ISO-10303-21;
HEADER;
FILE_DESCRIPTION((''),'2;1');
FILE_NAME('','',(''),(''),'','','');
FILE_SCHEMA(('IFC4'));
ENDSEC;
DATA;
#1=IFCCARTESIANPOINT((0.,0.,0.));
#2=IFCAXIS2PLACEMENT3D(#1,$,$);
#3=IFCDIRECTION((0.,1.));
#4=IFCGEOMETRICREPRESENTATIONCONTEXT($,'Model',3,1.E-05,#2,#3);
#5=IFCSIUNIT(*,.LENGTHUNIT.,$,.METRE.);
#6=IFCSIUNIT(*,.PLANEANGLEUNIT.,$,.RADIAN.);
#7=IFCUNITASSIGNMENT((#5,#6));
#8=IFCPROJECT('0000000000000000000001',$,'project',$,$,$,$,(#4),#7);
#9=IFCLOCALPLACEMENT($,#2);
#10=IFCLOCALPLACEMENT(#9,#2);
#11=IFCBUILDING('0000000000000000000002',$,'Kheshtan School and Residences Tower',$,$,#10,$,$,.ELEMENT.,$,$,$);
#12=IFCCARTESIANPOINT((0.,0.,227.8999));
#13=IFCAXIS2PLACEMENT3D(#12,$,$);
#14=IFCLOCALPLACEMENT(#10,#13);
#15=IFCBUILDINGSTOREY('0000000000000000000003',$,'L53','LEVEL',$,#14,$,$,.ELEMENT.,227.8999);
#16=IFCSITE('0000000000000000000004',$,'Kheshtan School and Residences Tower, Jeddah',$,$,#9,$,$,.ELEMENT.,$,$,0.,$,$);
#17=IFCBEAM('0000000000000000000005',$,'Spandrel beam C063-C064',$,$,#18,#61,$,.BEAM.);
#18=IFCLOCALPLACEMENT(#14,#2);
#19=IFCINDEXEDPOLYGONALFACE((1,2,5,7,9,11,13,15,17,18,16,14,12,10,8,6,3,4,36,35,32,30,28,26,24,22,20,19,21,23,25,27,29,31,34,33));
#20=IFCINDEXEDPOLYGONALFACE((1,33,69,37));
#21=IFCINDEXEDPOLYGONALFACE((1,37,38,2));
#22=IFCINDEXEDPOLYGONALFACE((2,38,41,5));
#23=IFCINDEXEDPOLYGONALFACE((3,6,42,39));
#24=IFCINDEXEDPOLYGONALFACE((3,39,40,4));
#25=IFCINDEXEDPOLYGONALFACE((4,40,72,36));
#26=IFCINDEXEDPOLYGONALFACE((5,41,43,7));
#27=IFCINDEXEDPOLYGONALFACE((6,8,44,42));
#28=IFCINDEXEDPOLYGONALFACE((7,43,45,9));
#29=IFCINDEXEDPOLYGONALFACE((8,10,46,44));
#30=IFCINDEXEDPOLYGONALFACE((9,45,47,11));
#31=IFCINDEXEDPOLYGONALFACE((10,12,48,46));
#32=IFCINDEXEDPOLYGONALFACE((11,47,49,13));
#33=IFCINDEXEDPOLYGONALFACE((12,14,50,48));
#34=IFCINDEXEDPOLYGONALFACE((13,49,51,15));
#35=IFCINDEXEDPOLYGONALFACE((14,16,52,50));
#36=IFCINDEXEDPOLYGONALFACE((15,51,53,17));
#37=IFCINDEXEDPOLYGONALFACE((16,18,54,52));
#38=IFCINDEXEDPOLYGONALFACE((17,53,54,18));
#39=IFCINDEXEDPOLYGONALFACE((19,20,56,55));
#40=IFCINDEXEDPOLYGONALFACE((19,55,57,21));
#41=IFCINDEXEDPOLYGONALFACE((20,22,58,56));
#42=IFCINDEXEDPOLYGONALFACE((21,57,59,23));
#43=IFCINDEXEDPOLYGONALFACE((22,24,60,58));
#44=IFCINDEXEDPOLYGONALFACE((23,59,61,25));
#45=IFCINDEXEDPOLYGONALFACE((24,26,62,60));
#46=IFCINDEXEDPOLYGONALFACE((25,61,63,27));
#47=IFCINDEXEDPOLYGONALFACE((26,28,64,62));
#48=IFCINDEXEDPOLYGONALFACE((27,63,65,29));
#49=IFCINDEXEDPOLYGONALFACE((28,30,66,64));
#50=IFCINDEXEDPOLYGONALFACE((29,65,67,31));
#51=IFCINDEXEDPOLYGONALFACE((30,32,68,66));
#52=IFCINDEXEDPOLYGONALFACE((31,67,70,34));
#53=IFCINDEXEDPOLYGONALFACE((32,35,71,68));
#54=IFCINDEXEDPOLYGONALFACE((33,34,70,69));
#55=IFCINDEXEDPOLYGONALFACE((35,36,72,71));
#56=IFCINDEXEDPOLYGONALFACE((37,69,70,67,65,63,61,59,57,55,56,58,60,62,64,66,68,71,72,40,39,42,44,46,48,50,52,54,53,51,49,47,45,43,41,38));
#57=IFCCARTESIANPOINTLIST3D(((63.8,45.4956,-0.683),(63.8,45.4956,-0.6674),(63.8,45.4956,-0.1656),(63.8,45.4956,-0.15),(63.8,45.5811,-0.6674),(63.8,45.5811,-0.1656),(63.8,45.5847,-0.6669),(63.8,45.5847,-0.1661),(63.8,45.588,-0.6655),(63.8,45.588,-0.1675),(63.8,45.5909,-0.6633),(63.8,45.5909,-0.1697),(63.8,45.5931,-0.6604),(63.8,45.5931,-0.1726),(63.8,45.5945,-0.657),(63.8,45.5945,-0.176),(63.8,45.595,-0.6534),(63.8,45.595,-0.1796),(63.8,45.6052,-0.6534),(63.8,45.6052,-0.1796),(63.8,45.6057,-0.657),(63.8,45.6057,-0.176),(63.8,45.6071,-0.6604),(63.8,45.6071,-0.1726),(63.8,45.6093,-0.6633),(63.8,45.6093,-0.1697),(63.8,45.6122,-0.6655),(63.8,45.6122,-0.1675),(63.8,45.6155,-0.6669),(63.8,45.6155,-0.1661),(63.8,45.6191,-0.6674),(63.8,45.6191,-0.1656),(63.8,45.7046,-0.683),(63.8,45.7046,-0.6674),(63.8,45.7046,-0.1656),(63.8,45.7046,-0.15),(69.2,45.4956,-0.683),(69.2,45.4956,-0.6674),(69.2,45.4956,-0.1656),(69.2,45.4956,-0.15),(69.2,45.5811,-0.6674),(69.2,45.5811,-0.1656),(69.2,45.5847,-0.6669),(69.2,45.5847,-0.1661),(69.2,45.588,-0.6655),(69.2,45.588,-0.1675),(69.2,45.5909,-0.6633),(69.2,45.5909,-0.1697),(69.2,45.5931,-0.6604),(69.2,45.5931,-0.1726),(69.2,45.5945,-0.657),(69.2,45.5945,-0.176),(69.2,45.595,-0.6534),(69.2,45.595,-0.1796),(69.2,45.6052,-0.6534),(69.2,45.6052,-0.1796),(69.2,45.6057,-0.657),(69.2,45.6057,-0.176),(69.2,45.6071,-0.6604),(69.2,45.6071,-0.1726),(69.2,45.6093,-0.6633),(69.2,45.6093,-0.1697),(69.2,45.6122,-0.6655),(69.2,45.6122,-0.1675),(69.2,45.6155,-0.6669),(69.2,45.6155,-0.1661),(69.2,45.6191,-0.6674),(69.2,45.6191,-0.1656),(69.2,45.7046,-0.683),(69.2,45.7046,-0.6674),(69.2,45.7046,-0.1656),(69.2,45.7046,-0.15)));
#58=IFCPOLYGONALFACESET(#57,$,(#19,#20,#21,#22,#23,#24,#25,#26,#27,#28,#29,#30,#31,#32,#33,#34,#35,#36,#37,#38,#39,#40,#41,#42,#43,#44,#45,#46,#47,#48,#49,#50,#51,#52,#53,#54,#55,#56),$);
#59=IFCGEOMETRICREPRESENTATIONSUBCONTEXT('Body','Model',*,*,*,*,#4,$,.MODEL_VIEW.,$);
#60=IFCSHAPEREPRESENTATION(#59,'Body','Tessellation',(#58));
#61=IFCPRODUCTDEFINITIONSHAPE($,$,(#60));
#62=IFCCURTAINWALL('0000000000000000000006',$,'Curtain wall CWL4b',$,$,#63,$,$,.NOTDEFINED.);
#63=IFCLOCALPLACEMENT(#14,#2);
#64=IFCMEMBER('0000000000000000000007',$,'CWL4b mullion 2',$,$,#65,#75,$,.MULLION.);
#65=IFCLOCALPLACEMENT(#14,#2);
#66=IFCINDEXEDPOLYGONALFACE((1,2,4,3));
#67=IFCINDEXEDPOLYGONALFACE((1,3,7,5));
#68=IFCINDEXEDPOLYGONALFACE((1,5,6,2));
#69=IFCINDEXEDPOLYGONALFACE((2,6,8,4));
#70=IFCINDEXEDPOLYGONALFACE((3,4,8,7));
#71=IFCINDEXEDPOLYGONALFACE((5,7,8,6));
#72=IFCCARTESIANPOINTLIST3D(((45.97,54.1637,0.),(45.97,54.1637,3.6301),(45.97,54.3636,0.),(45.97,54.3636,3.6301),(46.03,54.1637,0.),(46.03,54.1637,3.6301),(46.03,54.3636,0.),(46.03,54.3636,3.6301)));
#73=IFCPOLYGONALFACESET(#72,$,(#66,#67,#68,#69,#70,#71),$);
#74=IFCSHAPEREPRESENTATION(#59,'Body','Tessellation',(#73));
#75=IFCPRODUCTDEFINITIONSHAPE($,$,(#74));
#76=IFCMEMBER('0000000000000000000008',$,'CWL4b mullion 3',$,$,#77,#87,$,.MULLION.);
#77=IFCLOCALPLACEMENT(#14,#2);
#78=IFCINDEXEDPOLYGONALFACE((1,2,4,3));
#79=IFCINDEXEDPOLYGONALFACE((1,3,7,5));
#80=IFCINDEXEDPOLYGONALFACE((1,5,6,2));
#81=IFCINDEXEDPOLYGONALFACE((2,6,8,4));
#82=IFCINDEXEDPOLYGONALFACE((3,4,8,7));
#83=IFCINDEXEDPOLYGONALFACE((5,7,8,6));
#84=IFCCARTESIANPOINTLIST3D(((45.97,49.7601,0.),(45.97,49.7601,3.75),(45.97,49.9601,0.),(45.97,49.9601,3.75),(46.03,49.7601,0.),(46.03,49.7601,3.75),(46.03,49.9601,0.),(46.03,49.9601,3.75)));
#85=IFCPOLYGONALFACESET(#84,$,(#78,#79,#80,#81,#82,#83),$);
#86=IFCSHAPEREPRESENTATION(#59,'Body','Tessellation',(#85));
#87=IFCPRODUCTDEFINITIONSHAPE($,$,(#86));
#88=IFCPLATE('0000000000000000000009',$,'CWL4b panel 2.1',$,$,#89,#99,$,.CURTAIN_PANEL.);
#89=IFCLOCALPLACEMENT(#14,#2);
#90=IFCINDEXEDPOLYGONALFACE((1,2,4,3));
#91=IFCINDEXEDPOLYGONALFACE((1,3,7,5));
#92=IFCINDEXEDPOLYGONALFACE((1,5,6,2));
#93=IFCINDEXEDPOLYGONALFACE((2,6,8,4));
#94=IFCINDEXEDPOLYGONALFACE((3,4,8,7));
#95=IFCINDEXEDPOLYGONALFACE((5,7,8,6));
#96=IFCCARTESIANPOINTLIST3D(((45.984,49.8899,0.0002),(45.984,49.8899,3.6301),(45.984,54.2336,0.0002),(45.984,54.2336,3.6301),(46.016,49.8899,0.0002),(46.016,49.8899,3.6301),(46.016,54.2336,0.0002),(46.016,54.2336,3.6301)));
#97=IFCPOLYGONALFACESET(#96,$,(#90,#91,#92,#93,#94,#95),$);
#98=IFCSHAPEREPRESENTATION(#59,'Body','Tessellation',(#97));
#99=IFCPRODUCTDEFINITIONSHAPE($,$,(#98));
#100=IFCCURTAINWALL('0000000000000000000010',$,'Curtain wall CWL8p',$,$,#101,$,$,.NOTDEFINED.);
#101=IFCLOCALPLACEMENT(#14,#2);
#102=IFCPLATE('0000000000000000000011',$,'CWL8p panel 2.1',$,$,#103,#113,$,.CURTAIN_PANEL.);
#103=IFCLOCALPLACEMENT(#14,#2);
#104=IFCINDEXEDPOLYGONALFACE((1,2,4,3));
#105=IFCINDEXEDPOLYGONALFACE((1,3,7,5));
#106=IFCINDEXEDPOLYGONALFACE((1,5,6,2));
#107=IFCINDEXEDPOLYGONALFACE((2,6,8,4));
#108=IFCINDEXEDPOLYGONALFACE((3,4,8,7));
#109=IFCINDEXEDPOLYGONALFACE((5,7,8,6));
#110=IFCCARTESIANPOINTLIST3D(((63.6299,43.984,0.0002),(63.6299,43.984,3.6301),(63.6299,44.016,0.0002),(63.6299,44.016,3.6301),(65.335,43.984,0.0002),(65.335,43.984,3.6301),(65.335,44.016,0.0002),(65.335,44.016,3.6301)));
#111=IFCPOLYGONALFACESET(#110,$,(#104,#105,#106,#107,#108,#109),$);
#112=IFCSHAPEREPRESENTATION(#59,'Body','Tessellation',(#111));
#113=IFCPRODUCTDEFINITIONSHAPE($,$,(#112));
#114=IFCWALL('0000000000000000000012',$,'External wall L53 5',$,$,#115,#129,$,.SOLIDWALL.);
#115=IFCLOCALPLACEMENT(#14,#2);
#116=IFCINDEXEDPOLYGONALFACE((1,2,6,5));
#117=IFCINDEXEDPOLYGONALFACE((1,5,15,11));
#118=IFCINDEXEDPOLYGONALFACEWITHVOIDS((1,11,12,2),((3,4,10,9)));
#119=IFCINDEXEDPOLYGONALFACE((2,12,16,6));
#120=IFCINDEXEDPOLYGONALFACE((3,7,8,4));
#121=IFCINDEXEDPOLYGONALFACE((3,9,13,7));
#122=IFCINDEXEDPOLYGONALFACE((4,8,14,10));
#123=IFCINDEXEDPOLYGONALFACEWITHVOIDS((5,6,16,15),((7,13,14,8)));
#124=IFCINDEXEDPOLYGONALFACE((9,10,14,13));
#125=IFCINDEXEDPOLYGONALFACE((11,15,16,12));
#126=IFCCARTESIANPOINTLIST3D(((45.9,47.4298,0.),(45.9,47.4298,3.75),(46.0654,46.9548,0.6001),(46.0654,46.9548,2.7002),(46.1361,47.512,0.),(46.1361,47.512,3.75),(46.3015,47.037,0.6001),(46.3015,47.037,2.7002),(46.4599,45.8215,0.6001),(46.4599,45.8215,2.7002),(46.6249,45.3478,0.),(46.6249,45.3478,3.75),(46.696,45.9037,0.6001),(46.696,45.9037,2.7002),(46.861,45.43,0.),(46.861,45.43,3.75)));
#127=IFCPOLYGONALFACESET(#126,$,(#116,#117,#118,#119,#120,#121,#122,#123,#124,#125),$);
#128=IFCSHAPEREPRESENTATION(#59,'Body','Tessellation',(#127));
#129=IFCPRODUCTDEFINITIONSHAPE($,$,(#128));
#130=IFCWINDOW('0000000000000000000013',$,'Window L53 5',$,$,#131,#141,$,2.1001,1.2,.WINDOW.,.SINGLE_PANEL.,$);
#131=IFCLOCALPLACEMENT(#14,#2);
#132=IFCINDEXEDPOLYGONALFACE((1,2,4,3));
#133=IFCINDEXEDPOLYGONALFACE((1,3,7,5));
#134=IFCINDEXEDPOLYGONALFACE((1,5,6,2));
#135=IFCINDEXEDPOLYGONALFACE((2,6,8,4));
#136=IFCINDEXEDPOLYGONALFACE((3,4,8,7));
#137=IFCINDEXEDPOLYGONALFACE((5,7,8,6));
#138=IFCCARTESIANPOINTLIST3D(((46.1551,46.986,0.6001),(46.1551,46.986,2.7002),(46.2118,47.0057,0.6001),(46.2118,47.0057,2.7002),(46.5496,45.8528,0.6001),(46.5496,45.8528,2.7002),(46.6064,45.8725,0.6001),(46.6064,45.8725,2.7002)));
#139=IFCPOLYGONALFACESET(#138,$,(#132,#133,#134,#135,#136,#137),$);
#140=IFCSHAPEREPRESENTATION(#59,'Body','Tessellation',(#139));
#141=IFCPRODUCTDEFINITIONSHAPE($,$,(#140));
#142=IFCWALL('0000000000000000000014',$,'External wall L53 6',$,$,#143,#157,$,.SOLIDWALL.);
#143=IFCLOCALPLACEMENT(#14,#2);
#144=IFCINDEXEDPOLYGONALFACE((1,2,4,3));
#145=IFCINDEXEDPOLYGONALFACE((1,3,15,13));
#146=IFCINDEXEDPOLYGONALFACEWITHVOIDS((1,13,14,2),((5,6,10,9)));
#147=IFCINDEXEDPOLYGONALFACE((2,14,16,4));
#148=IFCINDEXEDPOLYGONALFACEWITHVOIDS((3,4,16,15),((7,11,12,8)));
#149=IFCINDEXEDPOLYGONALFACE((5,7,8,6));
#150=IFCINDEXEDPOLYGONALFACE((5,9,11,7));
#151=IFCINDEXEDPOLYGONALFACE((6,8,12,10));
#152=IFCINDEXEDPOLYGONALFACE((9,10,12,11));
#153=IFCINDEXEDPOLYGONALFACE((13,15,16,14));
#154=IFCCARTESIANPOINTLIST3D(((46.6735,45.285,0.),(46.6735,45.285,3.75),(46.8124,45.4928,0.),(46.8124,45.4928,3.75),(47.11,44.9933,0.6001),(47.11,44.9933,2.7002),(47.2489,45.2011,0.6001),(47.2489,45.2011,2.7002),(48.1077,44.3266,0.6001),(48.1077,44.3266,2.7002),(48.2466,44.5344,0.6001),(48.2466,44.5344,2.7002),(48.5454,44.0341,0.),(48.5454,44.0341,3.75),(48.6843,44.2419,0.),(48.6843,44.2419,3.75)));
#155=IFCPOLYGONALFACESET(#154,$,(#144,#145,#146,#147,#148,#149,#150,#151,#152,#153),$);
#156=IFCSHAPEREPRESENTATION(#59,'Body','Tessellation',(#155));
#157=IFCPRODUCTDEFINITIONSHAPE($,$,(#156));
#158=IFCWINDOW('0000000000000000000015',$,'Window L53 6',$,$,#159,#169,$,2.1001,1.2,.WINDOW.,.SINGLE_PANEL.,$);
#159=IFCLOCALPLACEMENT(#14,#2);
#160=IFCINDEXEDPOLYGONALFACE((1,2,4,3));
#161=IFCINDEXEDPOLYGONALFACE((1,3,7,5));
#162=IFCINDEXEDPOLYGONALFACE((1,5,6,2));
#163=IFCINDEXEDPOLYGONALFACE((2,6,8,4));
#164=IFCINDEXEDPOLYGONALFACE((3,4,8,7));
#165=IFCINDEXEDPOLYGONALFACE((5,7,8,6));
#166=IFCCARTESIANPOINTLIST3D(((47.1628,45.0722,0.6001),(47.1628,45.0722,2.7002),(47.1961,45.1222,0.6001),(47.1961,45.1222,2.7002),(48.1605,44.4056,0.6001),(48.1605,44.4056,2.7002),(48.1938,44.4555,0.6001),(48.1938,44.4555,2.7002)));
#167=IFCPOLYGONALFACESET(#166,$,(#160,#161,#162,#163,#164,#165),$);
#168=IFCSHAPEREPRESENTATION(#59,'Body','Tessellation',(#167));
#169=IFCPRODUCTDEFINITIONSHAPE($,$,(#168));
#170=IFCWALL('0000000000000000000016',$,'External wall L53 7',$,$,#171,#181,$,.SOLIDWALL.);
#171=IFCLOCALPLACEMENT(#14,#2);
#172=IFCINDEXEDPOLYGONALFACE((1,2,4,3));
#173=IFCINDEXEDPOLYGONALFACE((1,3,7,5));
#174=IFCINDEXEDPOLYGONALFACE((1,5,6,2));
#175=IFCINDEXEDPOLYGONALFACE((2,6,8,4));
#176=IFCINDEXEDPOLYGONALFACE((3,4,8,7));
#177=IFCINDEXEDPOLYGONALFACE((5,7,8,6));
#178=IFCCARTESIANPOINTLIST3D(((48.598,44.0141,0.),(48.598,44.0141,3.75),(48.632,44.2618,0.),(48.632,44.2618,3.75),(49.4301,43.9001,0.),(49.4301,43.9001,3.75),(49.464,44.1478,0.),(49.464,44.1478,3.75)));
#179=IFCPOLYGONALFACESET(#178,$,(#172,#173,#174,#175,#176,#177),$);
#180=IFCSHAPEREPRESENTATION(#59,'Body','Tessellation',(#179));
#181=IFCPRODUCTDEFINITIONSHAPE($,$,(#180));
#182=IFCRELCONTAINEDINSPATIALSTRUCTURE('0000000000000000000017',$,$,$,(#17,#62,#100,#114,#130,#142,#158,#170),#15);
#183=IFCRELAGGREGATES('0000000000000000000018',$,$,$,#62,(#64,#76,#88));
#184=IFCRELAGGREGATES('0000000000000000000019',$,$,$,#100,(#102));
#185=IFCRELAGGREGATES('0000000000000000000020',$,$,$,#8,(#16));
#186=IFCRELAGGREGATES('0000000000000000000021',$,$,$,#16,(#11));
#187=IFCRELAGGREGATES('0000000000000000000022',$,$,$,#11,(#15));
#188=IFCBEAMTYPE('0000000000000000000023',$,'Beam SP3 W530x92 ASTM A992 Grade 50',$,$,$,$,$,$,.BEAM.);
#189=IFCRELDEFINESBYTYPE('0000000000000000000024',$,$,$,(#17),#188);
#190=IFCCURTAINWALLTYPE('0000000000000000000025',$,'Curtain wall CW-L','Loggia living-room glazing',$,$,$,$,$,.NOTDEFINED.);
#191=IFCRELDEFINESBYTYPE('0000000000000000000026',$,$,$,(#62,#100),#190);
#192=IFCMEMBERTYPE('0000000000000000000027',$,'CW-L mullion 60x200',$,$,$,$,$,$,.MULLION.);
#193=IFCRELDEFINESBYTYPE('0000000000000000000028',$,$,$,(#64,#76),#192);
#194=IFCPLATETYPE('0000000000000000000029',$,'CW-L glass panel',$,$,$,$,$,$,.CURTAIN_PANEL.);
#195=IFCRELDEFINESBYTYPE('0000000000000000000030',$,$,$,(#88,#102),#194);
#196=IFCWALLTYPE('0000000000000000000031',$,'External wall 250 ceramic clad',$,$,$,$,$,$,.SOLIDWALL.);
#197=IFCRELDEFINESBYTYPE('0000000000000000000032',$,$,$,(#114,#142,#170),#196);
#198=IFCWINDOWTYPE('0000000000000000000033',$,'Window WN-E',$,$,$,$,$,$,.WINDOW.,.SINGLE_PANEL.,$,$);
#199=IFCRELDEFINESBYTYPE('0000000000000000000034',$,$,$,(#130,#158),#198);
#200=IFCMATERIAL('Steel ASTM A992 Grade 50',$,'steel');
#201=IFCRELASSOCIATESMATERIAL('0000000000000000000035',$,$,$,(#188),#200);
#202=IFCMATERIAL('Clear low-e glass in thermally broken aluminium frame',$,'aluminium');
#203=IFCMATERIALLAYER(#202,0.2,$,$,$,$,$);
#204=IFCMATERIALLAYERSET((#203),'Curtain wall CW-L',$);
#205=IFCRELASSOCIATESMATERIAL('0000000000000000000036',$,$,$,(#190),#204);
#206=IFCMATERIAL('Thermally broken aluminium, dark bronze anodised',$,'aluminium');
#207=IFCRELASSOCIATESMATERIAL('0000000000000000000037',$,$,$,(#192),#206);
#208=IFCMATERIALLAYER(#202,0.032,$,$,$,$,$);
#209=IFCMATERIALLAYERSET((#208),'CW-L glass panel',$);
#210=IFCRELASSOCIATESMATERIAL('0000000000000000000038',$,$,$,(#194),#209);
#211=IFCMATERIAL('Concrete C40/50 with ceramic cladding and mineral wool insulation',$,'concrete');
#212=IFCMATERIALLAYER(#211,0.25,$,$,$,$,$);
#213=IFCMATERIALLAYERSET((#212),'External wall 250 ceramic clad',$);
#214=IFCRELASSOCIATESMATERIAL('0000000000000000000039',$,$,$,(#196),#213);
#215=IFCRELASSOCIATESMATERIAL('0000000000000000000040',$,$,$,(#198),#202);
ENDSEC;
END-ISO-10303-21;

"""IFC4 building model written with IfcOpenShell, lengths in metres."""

from ifc_helpers import new_model, si_unit, direction, frame, frame_2d, origin, origin_2d, place, context, subcontext, project, spatial, rectangle, i_section, extrude, source, transform, mapped, material, layer, layer_set, material_profile, profile_set, type_object, element, fill, aggregate, save


model = new_model("IFC4")

# Units and contexts
model_context = context("Model", 3, precision=1e-05, world=origin(), true_north=direction((0.0, 1.0)))
body_context = subcontext(model_context, "Body", "Model", "MODEL_VIEW")
ifc_project = project(units=[si_unit("LENGTHUNIT", "METRE"), si_unit("PLANEANGLEUNIT", "RADIAN")], contexts=[model_context])

# Site, building, storey
site_placement = place(None, origin())
site = spatial("IfcSite", under=ifc_project, at=site_placement, Name="Kheshtan School and Residences Tower, Jeddah", CompositionType="ELEMENT", RefElevation=0.0)
building_placement = place(site_placement, origin())
building = spatial("IfcBuilding", under=site, at=building_placement, Name="Kheshtan School and Residences Tower", CompositionType="ELEMENT")
storey_placement = place(building_placement, frame((0.0, 0.0, 227.8999)))
storey = spatial("IfcBuildingStorey", under=building, at=storey_placement, Name="L53", Description="LEVEL", CompositionType="ELEMENT", Elevation=227.8999)

# Shared definitions
ifc_material_1 = material(Name="Steel ASTM A992 Grade 50", Category="steel")

# Beam
ifc_material_profile_1 = material_profile(ifc_material_1, i_section(OverallWidth=0.209, OverallDepth=0.533, WebThickness=0.0103, FlangeThickness=0.0156, FilletRadius=0.0139, at=origin_2d()), Name="W530x92")
ifc_profile_set_1 = profile_set([ifc_material_profile_1], Name="Steel ASTM A992 Grade 50")
beam_type_1 = type_object("IfcBeamType", Name="Beam SP3 W530x92 ASTM A992 Grade 50", PredefinedType="BEAM", material=ifc_profile_set_1)
beam_1_placement = place(storey_placement, frame((63.8, 45.6001, -0.4165), z_axis=(1.0, 0.0, 0.0), x_axis=(0.0, 1.0, 0.0)))
element("IfcBeam", 1, at=beam_1_placement, inside=storey, type_object=beam_type_1, Name="Spandrel beam C063-C064", PredefinedType="BEAM", context=body_context, shape_type="SweptSolid", body=[
    extrude(i_section(OverallWidth=0.209, OverallDepth=0.533, WebThickness=0.0103, FlangeThickness=0.0156, FilletRadius=0.0139, at=origin_2d()), origin(), (0.0, 0.0, 1.0), 5.3999),
])

# Curtain wall, members, plate
ifc_material_2 = material(Name="Clear low-e glass in thermally broken aluminium frame", Category="aluminium")
ifc_layer_1 = layer(ifc_material_2, 0.2)
ifc_layer_set_1 = layer_set([ifc_layer_1], Name="Curtain wall CW-L")
curtain_wall_type = type_object("IfcCurtainWallType", Name="Curtain wall CW-L", Description="Loggia living-room glazing", PredefinedType="NOTDEFINED", material=ifc_layer_set_1)
curtain_wall_1_placement = place(storey_placement, origin())
curtain_wall_1 = element("IfcCurtainWall", 2, at=curtain_wall_1_placement, inside=storey, type_object=curtain_wall_type, Name="Curtain wall CWL4b", PredefinedType="NOTDEFINED")
ifc_material_3 = material(Name="Thermally broken aluminium, dark bronze anodised", Category="aluminium")
ifc_material_profile_2 = material_profile(ifc_material_3, rectangle(XDim=0.0601, YDim=0.2, at=origin_2d()), Name="CW-L mullion 60x200")
ifc_profile_set_2 = profile_set([ifc_material_profile_2], Name="Thermally broken aluminium, dark bronze anodised")
member_type = type_object("IfcMemberType", Name="CW-L mullion 60x200", PredefinedType="MULLION", material=ifc_profile_set_2)
member_1_placement = place(storey_placement, frame((46.0, 54.2637, 0.0), z_axis=(0.0, 0.0, 1.0), x_axis=(1.0, 0.0, 0.0)))
member_1 = element("IfcMember", 3, at=member_1_placement, type_object=member_type, Name="CWL4b mullion 2", PredefinedType="MULLION", context=body_context, shape_type="SweptSolid", body=[
    extrude(rectangle(XDim=0.0601, YDim=0.2, at=origin_2d()), origin(), (0.0, 0.0, 1.0), 3.6301),
])
member_2_placement = place(storey_placement, frame((46.0, 49.8601, 0.0), z_axis=(0.0, 0.0, 1.0), x_axis=(1.0, 0.0, 0.0)))
member_2 = element("IfcMember", 4, at=member_2_placement, type_object=member_type, Name="CWL4b mullion 3", PredefinedType="MULLION", context=body_context, shape_type="SweptSolid", body=[
    extrude(rectangle(XDim=0.0601, YDim=0.2, at=origin_2d()), origin(), (0.0, 0.0, 1.0), 3.75),
])
ifc_layer_2 = layer(ifc_material_2, 0.032)
ifc_layer_set_2 = layer_set([ifc_layer_2], Name="CW-L glass panel")
plate_type = type_object("IfcPlateType", Name="CW-L glass panel", PredefinedType="CURTAIN_PANEL", material=ifc_layer_set_2)
plate_1_placement = place(storey_placement, frame((46.0, 52.0618, 0.0002), z_axis=(0.0, 0.0, 1.0), x_axis=(0.0, -1.0, 0.0)))
plate_1 = element("IfcPlate", 5, at=plate_1_placement, type_object=plate_type, Name="CWL4b panel 2.1", PredefinedType="CURTAIN_PANEL", context=body_context, shape_type="SweptSolid", body=[
    extrude(rectangle(XDim=4.3438, YDim=0.032, at=origin_2d()), origin(), (0.0, 0.0, 1.0), 3.6299),
])
aggregate(curtain_wall_1, [member_1, member_2, plate_1])

# Curtain wall, plate
curtain_wall_2_placement = place(storey_placement, origin())
curtain_wall_2 = element("IfcCurtainWall", 6, at=curtain_wall_2_placement, inside=storey, type_object=curtain_wall_type, Name="Curtain wall CWL8p", PredefinedType="NOTDEFINED")
plate_2_placement = place(storey_placement, frame((64.4824, 44.0, 0.0002), z_axis=(0.0, 0.0, 1.0), x_axis=(1.0, 0.0, 0.0)))
plate_2 = element("IfcPlate", 7, at=plate_2_placement, type_object=plate_type, Name="CWL8p panel 2.1", PredefinedType="CURTAIN_PANEL", context=body_context, shape_type="SweptSolid", body=[
    extrude(rectangle(XDim=1.7051, YDim=0.032, at=origin_2d()), origin(), (0.0, 0.0, 1.0), 3.6299),
])
aggregate(curtain_wall_2, [plate_2])

# Walls, openings, windows
ifc_material_4 = material(Name="Concrete C40/50 with ceramic cladding and mineral wool insulation", Category="concrete")
ifc_layer_3 = layer(ifc_material_4, 0.25)
ifc_layer_set_3 = layer_set([ifc_layer_3], Name="External wall 250 ceramic clad")
wall_type = type_object("IfcWallType", Name="External wall 250 ceramic clad", PredefinedType="SOLIDWALL", material=ifc_layer_set_3)
wall_1_placement = place(storey_placement, frame((46.0181, 47.4709, 0.0), z_axis=(0.0, 0.0, 1.0), x_axis=(0.328791, -0.944403, 0.0)))
wall_1 = element("IfcWall", 8, at=wall_1_placement, inside=storey, type_object=wall_type, Name="External wall L53 5", PredefinedType="SOLIDWALL", context=body_context, shape_type="SweptSolid", body=[
    extrude(rectangle(XDim=2.2046, YDim=0.25, at=frame_2d((1.1023, 0.0))), origin(), (0.0, 0.0, 1.0), 3.75),
])
opening_1_placement = place(wall_1_placement, frame((0.5029, 0.0, 0.6001)))
opening_1 = element("IfcOpeningElement", 9, at=opening_1_placement, cuts=wall_1, PredefinedType="OPENING", context=body_context, shape_type="SweptSolid", body=[
    extrude(rectangle(XDim=1.2, YDim=2.1001, at=frame_2d((0.6001, 1.05))), frame((0.0, 0.135, 0.0), z_axis=(0.0, -1.0, 0.0), x_axis=(1.0, 0.0, 0.0)), (0.0, 0.0, 1.0), 0.27),
])
window_type = type_object("IfcWindowType", Name="Window WN-E", PartitioningType="SINGLE_PANEL", PredefinedType="WINDOW", material=ifc_material_2)
shared_shape = source(origin(), body_context, "Body", "SweptSolid", [
    extrude(rectangle(XDim=1.2, YDim=2.1001, at=frame_2d((0.6001, 1.05))), frame((0.0, 0.03, 0.0), z_axis=(0.0, -1.0, 0.0), x_axis=(1.0, 0.0, 0.0)), (0.0, 0.0, 1.0), 0.0601),
])
window_1_placement = place(opening_1_placement, origin())
window_1 = element("IfcWindow", 10, at=window_1_placement, inside=storey, type_object=window_type, Name="Window L53 5", OverallHeight=2.1001, OverallWidth=1.2, PartitioningType="SINGLE_PANEL", PredefinedType="WINDOW", context=body_context, shape_type="MappedRepresentation", body=[
    mapped(shared_shape, transform((0.0, 0.0, 0.0), x_axis=(1.0, 0.0, 0.0), y_axis=(0.0, 1.0, 0.0), z_axis=(0.0, 0.0, 1.0), scale=1.0)),
])
fill(opening_1, window_1)
wall_2_placement = place(storey_placement, frame((46.7429, 45.3889, 0.0), z_axis=(0.0, 0.0, 1.0), x_axis=(0.831449, -0.555601, 0.0)))
wall_2 = element("IfcWall", 11, at=wall_2_placement, inside=storey, type_object=wall_type, Name="External wall L53 6", PredefinedType="SOLIDWALL", context=body_context, shape_type="SweptSolid", body=[
    extrude(rectangle(XDim=2.2515, YDim=0.25, at=frame_2d((1.1257, 0.0))), origin(), (0.0, 0.0, 1.0), 3.75),
])
opening_2_placement = place(wall_2_placement, frame((0.5249, 0.0, 0.6001)))
opening_2 = element("IfcOpeningElement", 12, at=opening_2_placement, cuts=wall_2, PredefinedType="OPENING", context=body_context, shape_type="SweptSolid", body=[
    extrude(rectangle(XDim=1.2, YDim=2.1001, at=frame_2d((0.6001, 1.05))), frame((0.0, 0.135, 0.0), z_axis=(0.0, -1.0, 0.0), x_axis=(1.0, 0.0, 0.0)), (0.0, 0.0, 1.0), 0.27),
])
window_2_placement = place(opening_2_placement, origin())
window_2 = element("IfcWindow", 13, at=window_2_placement, inside=storey, type_object=window_type, Name="Window L53 6", OverallHeight=2.1001, OverallWidth=1.2, PartitioningType="SINGLE_PANEL", PredefinedType="WINDOW", context=body_context, shape_type="MappedRepresentation", body=[
    mapped(shared_shape, transform((0.0, 0.0, 0.0), x_axis=(1.0, 0.0, 0.0), y_axis=(0.0, 1.0, 0.0), z_axis=(0.0, 0.0, 1.0), scale=1.0)),
])
fill(opening_2, window_2)

# Wall
wall_3_placement = place(storey_placement, frame((48.615, 44.1379, 0.0), z_axis=(0.0, 0.0, 1.0), x_axis=(0.990742, -0.135762, 0.0)))
element("IfcWall", 14, at=wall_3_placement, inside=storey, type_object=wall_type, Name="External wall L53 7", PredefinedType="SOLIDWALL", context=body_context, shape_type="SweptSolid", body=[
    extrude(rectangle(XDim=0.8398, YDim=0.25, at=frame_2d((0.4199, 0.0))), origin(), (0.0, 0.0, 1.0), 3.75),
])

save(model, "model.ifc")
